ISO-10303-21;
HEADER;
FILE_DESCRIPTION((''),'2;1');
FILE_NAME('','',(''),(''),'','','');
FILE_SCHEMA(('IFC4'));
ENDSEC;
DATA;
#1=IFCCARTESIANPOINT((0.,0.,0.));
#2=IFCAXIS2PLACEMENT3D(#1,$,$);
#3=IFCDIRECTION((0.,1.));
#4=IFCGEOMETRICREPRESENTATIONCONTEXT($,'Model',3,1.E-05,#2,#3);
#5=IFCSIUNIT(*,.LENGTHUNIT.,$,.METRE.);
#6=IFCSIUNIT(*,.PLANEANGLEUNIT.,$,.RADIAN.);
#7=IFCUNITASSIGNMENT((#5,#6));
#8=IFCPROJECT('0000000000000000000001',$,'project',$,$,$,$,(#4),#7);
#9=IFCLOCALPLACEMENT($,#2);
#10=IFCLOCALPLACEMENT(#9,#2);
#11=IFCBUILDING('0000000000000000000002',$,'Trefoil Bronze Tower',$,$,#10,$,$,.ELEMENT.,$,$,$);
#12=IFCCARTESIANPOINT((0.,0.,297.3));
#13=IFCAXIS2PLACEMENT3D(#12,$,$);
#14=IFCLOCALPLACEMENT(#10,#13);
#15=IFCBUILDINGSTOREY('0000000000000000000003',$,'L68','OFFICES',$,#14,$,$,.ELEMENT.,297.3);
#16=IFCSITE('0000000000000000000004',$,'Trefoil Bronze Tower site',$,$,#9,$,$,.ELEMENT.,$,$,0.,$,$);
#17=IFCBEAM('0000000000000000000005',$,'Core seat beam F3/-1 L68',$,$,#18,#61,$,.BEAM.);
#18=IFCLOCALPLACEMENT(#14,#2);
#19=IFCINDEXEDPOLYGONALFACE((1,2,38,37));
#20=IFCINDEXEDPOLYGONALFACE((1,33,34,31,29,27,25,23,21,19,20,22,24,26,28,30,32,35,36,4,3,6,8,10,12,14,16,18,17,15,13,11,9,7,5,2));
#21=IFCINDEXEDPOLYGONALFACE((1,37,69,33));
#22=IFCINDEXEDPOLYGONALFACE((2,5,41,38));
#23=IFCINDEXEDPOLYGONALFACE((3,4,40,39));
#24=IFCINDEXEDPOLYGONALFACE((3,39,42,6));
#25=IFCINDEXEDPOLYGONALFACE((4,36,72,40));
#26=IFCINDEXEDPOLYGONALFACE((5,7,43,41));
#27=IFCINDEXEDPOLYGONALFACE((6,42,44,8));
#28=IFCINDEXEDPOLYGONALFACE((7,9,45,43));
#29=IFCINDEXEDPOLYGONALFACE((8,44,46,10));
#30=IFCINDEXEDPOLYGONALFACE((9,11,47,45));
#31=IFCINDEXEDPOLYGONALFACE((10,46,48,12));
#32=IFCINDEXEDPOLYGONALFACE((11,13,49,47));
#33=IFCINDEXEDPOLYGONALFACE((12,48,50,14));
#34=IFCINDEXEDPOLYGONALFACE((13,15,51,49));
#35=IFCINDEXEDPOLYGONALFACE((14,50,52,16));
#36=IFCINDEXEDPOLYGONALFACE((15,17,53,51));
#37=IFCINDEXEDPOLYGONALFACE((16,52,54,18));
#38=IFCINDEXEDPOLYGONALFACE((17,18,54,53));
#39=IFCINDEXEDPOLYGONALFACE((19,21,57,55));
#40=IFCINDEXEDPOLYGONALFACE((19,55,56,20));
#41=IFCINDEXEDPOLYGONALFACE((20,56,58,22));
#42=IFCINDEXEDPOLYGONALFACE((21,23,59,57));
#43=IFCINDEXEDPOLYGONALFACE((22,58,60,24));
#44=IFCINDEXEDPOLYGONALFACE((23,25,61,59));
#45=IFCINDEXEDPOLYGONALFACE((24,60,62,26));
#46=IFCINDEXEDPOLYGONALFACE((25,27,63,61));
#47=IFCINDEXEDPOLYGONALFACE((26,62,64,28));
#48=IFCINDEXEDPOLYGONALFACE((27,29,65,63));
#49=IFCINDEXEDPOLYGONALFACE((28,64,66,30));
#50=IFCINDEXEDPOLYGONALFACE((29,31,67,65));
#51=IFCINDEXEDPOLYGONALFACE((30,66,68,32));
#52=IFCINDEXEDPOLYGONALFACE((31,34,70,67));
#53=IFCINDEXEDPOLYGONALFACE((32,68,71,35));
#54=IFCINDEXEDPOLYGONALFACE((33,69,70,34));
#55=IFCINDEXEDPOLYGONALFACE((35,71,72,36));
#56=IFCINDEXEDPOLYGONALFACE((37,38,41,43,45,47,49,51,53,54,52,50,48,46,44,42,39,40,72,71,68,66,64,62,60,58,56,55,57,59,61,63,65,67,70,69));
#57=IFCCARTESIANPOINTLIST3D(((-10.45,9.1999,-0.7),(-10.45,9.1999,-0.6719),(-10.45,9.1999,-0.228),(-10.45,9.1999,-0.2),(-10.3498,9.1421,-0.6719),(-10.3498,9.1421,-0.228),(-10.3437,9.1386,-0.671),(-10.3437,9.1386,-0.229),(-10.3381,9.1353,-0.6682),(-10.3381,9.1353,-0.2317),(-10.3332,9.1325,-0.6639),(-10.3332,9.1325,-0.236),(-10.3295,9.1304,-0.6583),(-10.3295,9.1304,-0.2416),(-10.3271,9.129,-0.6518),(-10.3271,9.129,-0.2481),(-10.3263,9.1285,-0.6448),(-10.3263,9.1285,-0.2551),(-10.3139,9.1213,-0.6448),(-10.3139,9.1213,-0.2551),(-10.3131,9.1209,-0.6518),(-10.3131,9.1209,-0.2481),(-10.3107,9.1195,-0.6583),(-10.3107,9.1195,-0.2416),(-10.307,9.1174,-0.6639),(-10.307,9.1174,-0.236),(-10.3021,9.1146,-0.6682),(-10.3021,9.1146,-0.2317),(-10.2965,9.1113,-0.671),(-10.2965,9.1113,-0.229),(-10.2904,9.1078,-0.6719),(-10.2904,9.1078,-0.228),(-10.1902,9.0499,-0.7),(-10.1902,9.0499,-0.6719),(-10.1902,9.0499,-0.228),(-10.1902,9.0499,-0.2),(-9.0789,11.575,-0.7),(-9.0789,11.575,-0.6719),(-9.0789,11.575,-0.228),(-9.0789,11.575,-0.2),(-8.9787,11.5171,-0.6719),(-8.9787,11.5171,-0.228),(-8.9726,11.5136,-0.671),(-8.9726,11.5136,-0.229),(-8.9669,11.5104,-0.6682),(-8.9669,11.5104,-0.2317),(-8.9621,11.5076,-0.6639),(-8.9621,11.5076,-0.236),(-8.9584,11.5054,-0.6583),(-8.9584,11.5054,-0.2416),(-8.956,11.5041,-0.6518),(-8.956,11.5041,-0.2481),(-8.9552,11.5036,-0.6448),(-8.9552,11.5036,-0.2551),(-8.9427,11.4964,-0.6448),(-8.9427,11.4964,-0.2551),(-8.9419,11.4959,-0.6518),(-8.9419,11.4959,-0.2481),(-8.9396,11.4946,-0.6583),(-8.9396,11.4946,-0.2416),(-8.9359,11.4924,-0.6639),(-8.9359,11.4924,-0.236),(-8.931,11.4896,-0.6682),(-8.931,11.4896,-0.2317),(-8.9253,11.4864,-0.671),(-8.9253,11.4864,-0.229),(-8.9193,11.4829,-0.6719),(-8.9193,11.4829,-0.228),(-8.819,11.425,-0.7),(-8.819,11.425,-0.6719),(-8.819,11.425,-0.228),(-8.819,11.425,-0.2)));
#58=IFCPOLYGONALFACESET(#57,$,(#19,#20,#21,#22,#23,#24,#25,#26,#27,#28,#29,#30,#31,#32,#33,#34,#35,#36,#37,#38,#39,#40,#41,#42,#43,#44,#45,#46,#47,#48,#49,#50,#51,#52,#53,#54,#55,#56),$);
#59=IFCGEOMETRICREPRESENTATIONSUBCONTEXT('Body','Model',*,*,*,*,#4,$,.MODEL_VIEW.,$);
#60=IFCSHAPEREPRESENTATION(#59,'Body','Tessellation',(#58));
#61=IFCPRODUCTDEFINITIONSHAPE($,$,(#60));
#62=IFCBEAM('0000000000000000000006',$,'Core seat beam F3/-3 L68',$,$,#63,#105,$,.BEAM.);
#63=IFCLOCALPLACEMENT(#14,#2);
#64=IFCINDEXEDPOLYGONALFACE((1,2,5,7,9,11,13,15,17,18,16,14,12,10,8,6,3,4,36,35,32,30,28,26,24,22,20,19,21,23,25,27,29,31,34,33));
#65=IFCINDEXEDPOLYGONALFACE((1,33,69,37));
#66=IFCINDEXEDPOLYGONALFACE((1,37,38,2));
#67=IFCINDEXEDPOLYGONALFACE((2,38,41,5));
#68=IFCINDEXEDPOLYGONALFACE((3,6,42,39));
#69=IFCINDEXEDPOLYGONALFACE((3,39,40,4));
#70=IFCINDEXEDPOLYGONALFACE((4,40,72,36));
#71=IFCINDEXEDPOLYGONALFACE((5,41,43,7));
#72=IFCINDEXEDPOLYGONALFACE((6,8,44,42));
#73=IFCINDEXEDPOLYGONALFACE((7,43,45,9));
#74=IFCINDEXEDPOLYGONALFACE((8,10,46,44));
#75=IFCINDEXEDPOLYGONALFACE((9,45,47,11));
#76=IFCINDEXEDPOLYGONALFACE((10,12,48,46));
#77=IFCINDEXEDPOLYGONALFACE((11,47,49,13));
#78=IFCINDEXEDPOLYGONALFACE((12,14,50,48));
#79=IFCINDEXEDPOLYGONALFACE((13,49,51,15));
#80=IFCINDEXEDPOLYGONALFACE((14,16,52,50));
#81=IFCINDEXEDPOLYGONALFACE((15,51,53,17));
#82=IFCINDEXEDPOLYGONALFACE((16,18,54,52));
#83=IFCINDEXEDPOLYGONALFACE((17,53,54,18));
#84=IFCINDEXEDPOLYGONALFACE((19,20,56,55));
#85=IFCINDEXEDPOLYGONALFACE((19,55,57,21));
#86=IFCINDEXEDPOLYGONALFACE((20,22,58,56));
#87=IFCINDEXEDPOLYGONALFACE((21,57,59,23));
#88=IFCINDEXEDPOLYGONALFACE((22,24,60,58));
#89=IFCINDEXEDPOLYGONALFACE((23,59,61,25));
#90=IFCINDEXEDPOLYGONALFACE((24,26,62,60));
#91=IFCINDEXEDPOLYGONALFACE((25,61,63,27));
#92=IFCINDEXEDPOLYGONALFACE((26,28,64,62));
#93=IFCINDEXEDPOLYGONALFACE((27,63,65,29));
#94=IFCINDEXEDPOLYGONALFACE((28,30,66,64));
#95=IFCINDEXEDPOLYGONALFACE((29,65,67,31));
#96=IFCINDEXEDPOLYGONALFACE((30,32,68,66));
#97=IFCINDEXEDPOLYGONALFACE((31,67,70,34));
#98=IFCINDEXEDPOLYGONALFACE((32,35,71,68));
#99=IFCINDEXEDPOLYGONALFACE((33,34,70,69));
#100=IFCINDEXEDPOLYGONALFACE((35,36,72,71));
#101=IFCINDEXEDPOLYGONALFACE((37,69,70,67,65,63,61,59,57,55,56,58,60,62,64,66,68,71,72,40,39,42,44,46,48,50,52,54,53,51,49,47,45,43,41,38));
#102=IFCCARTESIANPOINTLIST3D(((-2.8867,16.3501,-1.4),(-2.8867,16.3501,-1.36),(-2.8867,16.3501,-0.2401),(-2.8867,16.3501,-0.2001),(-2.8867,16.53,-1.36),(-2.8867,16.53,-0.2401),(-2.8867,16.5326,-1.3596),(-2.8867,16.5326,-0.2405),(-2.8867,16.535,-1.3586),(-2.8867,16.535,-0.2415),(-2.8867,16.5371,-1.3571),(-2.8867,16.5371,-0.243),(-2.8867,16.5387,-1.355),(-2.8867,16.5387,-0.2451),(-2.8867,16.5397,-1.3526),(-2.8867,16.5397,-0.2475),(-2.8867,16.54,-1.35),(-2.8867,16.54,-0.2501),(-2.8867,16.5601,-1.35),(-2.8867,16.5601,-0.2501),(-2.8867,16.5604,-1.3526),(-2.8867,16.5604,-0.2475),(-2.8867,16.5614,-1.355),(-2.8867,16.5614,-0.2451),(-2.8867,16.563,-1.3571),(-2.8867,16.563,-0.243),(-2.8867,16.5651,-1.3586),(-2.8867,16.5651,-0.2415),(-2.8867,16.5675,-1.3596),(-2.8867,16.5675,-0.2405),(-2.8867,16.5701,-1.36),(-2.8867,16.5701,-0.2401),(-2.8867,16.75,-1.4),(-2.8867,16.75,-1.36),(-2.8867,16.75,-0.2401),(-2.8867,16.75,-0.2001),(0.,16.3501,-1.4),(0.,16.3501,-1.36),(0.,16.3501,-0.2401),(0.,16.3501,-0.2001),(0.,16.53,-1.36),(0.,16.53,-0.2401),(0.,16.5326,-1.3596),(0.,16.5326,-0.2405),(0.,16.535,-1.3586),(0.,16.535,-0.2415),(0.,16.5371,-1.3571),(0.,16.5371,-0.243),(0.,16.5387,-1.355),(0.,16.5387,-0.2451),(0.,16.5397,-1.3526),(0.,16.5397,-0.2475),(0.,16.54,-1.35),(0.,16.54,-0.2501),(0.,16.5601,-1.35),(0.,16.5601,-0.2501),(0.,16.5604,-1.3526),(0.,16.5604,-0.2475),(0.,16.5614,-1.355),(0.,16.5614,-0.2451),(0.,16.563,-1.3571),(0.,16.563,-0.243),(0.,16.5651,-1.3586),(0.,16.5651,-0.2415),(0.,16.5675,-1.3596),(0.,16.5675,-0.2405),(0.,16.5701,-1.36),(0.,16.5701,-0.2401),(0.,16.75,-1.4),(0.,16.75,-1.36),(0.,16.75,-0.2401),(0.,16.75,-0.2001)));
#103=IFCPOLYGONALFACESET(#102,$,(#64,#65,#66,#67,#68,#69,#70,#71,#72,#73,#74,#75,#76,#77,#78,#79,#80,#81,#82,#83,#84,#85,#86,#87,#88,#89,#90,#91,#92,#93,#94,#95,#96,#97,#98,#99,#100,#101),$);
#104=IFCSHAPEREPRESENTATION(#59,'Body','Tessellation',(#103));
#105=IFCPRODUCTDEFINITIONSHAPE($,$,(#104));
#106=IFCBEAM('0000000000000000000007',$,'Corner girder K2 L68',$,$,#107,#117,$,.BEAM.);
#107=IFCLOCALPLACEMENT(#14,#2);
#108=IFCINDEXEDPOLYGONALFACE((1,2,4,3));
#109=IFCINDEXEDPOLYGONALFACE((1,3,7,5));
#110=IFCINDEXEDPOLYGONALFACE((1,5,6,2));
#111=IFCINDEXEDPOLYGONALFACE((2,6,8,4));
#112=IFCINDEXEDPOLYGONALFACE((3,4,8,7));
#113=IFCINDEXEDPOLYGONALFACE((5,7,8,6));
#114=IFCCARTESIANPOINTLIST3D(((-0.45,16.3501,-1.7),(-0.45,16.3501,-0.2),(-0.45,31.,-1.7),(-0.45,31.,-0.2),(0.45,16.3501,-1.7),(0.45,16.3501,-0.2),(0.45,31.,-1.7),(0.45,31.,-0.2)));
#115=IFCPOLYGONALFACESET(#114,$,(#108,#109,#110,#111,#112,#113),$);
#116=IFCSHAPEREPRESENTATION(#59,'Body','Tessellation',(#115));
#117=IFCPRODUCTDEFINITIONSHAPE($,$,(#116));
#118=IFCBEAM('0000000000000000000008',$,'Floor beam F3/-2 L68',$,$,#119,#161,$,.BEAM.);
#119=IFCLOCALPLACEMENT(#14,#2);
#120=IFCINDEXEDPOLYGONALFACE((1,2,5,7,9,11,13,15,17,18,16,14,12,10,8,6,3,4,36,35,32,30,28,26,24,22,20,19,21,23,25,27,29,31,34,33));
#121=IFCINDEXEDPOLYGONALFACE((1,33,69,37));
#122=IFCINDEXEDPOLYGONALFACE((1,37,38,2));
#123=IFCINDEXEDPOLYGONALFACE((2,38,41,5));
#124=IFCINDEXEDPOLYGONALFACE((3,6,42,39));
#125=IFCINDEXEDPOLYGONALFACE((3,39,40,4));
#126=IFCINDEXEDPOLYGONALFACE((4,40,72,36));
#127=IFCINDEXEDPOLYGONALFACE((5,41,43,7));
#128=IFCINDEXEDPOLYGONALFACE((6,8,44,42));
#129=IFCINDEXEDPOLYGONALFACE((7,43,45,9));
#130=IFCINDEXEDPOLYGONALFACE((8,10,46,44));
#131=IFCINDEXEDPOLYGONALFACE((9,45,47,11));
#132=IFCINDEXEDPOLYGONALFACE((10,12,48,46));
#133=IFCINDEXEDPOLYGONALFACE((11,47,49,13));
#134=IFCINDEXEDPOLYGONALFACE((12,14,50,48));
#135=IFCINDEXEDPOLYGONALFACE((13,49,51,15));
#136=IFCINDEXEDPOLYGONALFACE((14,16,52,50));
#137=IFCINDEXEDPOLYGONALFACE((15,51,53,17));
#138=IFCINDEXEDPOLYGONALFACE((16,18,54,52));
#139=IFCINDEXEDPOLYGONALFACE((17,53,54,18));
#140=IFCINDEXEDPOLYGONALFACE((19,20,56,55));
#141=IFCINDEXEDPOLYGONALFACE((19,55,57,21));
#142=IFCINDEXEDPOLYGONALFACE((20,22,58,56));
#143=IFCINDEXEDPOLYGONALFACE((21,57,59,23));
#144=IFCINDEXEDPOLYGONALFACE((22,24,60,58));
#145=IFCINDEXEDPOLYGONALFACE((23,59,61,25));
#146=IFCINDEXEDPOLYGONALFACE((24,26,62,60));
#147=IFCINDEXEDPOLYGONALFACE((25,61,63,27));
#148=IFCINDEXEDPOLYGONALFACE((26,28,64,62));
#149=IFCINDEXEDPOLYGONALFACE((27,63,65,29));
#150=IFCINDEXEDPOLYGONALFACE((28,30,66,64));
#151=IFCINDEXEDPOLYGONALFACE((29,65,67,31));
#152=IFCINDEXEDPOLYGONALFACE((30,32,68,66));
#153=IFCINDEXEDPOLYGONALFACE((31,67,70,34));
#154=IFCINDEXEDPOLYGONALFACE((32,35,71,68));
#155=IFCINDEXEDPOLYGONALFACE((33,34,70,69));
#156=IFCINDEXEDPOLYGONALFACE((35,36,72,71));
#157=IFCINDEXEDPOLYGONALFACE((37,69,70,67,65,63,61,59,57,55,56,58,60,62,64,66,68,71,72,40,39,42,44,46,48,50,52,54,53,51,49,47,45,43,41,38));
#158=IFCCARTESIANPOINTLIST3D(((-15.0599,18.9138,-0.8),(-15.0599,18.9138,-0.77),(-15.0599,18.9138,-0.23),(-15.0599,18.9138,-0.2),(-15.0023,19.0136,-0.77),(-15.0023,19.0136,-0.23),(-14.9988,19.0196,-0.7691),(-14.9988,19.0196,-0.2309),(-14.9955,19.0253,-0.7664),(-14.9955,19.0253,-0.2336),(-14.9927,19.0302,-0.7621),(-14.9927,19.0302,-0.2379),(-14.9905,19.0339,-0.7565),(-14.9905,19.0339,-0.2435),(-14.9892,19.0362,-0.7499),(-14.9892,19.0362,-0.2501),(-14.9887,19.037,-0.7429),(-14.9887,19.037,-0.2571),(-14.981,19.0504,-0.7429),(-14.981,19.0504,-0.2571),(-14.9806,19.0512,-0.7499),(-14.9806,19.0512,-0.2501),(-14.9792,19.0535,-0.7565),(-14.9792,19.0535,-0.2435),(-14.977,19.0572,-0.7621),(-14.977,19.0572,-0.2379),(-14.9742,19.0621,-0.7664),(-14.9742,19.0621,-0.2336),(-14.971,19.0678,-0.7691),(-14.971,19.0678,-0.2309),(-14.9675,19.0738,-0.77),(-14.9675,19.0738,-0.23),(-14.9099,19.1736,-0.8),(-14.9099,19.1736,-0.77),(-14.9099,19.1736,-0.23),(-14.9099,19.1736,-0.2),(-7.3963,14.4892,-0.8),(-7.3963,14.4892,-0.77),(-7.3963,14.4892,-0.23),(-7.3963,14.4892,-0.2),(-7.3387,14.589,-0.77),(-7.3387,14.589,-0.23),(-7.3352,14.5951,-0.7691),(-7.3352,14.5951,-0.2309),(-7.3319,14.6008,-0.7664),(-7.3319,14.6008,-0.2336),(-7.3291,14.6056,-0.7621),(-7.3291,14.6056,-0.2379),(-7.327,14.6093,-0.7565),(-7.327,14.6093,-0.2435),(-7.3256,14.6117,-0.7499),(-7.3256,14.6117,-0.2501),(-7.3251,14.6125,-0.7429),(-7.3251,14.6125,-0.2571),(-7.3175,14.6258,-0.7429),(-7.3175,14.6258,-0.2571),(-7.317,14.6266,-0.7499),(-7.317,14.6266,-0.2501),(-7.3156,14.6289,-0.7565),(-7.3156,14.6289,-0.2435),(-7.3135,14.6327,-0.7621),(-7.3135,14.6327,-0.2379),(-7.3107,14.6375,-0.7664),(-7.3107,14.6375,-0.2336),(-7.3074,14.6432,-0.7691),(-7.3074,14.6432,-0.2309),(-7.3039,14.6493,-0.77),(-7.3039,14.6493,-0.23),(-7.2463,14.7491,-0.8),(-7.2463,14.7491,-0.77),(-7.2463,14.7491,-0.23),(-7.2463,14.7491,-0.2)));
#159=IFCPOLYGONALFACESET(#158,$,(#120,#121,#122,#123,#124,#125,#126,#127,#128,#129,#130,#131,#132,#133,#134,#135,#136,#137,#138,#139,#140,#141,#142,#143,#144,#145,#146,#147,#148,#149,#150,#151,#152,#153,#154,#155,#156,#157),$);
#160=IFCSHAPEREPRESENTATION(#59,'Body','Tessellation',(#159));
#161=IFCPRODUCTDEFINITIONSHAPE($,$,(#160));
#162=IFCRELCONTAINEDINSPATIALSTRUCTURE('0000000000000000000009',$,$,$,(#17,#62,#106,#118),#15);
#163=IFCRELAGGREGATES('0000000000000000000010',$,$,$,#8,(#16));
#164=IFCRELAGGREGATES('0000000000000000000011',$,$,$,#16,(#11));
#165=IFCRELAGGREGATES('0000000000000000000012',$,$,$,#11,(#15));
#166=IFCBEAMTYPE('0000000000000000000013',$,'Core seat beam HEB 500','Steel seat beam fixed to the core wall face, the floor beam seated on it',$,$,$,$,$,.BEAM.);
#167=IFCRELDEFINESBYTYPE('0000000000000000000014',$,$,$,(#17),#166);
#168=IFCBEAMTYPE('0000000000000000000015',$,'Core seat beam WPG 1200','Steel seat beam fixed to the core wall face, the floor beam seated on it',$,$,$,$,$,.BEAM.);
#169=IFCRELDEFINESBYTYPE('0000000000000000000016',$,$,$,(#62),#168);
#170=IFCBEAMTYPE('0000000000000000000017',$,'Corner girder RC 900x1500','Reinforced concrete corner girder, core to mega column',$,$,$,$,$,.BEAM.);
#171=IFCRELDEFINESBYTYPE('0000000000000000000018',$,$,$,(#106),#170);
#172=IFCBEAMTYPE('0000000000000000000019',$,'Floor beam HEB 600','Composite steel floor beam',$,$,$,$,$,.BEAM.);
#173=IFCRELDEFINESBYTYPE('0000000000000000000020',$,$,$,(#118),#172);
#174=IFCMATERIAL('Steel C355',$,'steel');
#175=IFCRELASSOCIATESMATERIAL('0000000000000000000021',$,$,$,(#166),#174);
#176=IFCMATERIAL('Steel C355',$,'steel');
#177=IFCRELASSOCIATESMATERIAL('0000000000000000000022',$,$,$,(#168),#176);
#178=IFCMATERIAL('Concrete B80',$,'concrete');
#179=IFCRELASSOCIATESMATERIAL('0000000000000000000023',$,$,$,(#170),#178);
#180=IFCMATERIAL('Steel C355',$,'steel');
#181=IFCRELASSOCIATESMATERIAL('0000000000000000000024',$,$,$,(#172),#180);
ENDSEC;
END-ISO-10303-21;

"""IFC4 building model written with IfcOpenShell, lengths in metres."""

from ifc_helpers import new_model, si_unit, direction, frame, origin, origin_2d, place, context, subcontext, project, spatial, rectangle, i_section, extrude, material, material_profile, profile_set, type_object, element, save


model = new_model("IFC4")

# Units and contexts
model_context = context("Model", 3, precision=1e-05, world=origin(), true_north=direction((0.0, 1.0)))
body_context = subcontext(model_context, "Body", "Model", "MODEL_VIEW")
ifc_project = project(units=[si_unit("LENGTHUNIT", "METRE"), si_unit("PLANEANGLEUNIT", "RADIAN")], contexts=[model_context])

# Site, building, storey
site_placement = place(None, origin())
site = spatial("IfcSite", under=ifc_project, at=site_placement, Name="Trefoil Bronze Tower site", CompositionType="ELEMENT", RefElevation=0.0)
building_placement = place(site_placement, origin())
building = spatial("IfcBuilding", under=site, at=building_placement, Name="Trefoil Bronze Tower", CompositionType="ELEMENT")
storey_placement = place(building_placement, frame((0.0, 0.0, 297.3)))
storey = spatial("IfcBuildingStorey", under=building, at=storey_placement, Name="L68", Description="OFFICES", CompositionType="ELEMENT", Elevation=297.3)

# Beams
ifc_material_1 = material(Name="Steel C355", Category="steel")
ifc_material_profile_1 = material_profile(ifc_material_1, i_section(OverallWidth=0.3, OverallDepth=0.5, WebThickness=0.0144, FlangeThickness=0.0281, FilletRadius=0.0271, at=origin_2d()), Name="HEB 500")
ifc_profile_set_1 = profile_set([ifc_material_profile_1], Name="Steel C355")
beam_type_1 = type_object("IfcBeamType", Name="Core seat beam HEB 500", Description="Steel seat beam fixed to the core wall face, the floor beam seated on it", PredefinedType="BEAM", material=ifc_profile_set_1)
for number, where, z_axis, x_axis, name in (
    (1, (-8.949, 11.5, -0.45), (-0.499969, -0.866043, 0.0), (0.866043, -0.499969, 0.0), "Core seat beam F3/-1 L68"),
):
    element("IfcBeam", number, at=place(storey_placement, frame(where, z_axis=z_axis, x_axis=x_axis)), inside=storey, type_object=beam_type_1, Name=name, PredefinedType="BEAM", context=body_context, shape_type="SweptSolid", body=[
        extrude(i_section(OverallWidth=0.3, OverallDepth=0.5, WebThickness=0.0144, FlangeThickness=0.0281, FilletRadius=0.0271, at=origin_2d()), origin(), (0.0, 0.0, 1.0), 2.7424),
    ])
ifc_material_2 = material(Name="Steel C355", Category="steel")
ifc_material_profile_2 = material_profile(ifc_material_2, i_section(OverallWidth=0.3999, OverallDepth=1.2, WebThickness=0.02, FlangeThickness=0.04, FilletRadius=0.01, at=origin_2d()), Name="WPG 1200")
ifc_profile_set_2 = profile_set([ifc_material_profile_2], Name="Steel C355")
beam_type_2 = type_object("IfcBeamType", Name="Core seat beam WPG 1200", Description="Steel seat beam fixed to the core wall face, the floor beam seated on it", PredefinedType="BEAM", material=ifc_profile_set_2)
beam_1_placement = place(storey_placement, frame((0.0, 16.55, -0.8), z_axis=(-1.0, 0.0, 0.0), x_axis=(0.0, -1.0, 0.0)))
element("IfcBeam", 2, at=beam_1_placement, inside=storey, type_object=beam_type_2, Name="Core seat beam F3/-3 L68", PredefinedType="BEAM", context=body_context, shape_type="SweptSolid", body=[
    extrude(i_section(OverallWidth=0.3999, OverallDepth=1.2, WebThickness=0.02, FlangeThickness=0.04, FilletRadius=0.01, at=origin_2d()), origin(), (0.0, 0.0, 1.0), 2.8867),
])
ifc_material_3 = material(Name="Concrete B80", Category="concrete")
ifc_material_profile_3 = material_profile(ifc_material_3, rectangle(XDim=0.8999, YDim=1.5, at=origin_2d()), Name="RC 900x1500")
ifc_profile_set_3 = profile_set([ifc_material_profile_3], Name="Concrete B80")
beam_type_3 = type_object("IfcBeamType", Name="Corner girder RC 900x1500", Description="Reinforced concrete corner girder, core to mega column", PredefinedType="BEAM", material=ifc_profile_set_3)
beam_2_placement = place(storey_placement, frame((0.0, 16.3501, -0.95), z_axis=(0.0, 1.0, 0.0), x_axis=(-1.0, 0.0, 0.0)))
element("IfcBeam", 3, at=beam_2_placement, inside=storey, type_object=beam_type_3, Name="Corner girder K2 L68", PredefinedType="BEAM", context=body_context, shape_type="SweptSolid", body=[
    extrude(rectangle(XDim=0.8999, YDim=1.5, at=origin_2d()), origin(), (0.0, 0.0, 1.0), 14.6499),
])
ifc_material_4 = material(Name="Steel C355", Category="steel")
ifc_material_profile_4 = material_profile(ifc_material_4, i_section(OverallWidth=0.3, OverallDepth=0.6001, WebThickness=0.0154, FlangeThickness=0.03, FilletRadius=0.0271, at=origin_2d()), Name="HEB 600")
ifc_profile_set_4 = profile_set([ifc_material_profile_4], Name="Steel C355")
beam_type_4 = type_object("IfcBeamType", Name="Floor beam HEB 600", Description="Composite steel floor beam", PredefinedType="BEAM", material=ifc_profile_set_4)
beam_3_placement = place(storey_placement, frame((-14.9849, 19.0437, -0.5), z_axis=(0.866026, -0.499999, 0.0), x_axis=(0.499999, 0.866026, 0.0)))
element("IfcBeam", 4, at=beam_3_placement, inside=storey, type_object=beam_type_4, Name="Floor beam F3/-2 L68", PredefinedType="BEAM", context=body_context, shape_type="SweptSolid", body=[
    extrude(i_section(OverallWidth=0.3, OverallDepth=0.6001, WebThickness=0.0154, FlangeThickness=0.03, FilletRadius=0.0271, at=origin_2d()), origin(), (0.0, 0.0, 1.0), 8.8491),
])

save(model, "model.ifc")
